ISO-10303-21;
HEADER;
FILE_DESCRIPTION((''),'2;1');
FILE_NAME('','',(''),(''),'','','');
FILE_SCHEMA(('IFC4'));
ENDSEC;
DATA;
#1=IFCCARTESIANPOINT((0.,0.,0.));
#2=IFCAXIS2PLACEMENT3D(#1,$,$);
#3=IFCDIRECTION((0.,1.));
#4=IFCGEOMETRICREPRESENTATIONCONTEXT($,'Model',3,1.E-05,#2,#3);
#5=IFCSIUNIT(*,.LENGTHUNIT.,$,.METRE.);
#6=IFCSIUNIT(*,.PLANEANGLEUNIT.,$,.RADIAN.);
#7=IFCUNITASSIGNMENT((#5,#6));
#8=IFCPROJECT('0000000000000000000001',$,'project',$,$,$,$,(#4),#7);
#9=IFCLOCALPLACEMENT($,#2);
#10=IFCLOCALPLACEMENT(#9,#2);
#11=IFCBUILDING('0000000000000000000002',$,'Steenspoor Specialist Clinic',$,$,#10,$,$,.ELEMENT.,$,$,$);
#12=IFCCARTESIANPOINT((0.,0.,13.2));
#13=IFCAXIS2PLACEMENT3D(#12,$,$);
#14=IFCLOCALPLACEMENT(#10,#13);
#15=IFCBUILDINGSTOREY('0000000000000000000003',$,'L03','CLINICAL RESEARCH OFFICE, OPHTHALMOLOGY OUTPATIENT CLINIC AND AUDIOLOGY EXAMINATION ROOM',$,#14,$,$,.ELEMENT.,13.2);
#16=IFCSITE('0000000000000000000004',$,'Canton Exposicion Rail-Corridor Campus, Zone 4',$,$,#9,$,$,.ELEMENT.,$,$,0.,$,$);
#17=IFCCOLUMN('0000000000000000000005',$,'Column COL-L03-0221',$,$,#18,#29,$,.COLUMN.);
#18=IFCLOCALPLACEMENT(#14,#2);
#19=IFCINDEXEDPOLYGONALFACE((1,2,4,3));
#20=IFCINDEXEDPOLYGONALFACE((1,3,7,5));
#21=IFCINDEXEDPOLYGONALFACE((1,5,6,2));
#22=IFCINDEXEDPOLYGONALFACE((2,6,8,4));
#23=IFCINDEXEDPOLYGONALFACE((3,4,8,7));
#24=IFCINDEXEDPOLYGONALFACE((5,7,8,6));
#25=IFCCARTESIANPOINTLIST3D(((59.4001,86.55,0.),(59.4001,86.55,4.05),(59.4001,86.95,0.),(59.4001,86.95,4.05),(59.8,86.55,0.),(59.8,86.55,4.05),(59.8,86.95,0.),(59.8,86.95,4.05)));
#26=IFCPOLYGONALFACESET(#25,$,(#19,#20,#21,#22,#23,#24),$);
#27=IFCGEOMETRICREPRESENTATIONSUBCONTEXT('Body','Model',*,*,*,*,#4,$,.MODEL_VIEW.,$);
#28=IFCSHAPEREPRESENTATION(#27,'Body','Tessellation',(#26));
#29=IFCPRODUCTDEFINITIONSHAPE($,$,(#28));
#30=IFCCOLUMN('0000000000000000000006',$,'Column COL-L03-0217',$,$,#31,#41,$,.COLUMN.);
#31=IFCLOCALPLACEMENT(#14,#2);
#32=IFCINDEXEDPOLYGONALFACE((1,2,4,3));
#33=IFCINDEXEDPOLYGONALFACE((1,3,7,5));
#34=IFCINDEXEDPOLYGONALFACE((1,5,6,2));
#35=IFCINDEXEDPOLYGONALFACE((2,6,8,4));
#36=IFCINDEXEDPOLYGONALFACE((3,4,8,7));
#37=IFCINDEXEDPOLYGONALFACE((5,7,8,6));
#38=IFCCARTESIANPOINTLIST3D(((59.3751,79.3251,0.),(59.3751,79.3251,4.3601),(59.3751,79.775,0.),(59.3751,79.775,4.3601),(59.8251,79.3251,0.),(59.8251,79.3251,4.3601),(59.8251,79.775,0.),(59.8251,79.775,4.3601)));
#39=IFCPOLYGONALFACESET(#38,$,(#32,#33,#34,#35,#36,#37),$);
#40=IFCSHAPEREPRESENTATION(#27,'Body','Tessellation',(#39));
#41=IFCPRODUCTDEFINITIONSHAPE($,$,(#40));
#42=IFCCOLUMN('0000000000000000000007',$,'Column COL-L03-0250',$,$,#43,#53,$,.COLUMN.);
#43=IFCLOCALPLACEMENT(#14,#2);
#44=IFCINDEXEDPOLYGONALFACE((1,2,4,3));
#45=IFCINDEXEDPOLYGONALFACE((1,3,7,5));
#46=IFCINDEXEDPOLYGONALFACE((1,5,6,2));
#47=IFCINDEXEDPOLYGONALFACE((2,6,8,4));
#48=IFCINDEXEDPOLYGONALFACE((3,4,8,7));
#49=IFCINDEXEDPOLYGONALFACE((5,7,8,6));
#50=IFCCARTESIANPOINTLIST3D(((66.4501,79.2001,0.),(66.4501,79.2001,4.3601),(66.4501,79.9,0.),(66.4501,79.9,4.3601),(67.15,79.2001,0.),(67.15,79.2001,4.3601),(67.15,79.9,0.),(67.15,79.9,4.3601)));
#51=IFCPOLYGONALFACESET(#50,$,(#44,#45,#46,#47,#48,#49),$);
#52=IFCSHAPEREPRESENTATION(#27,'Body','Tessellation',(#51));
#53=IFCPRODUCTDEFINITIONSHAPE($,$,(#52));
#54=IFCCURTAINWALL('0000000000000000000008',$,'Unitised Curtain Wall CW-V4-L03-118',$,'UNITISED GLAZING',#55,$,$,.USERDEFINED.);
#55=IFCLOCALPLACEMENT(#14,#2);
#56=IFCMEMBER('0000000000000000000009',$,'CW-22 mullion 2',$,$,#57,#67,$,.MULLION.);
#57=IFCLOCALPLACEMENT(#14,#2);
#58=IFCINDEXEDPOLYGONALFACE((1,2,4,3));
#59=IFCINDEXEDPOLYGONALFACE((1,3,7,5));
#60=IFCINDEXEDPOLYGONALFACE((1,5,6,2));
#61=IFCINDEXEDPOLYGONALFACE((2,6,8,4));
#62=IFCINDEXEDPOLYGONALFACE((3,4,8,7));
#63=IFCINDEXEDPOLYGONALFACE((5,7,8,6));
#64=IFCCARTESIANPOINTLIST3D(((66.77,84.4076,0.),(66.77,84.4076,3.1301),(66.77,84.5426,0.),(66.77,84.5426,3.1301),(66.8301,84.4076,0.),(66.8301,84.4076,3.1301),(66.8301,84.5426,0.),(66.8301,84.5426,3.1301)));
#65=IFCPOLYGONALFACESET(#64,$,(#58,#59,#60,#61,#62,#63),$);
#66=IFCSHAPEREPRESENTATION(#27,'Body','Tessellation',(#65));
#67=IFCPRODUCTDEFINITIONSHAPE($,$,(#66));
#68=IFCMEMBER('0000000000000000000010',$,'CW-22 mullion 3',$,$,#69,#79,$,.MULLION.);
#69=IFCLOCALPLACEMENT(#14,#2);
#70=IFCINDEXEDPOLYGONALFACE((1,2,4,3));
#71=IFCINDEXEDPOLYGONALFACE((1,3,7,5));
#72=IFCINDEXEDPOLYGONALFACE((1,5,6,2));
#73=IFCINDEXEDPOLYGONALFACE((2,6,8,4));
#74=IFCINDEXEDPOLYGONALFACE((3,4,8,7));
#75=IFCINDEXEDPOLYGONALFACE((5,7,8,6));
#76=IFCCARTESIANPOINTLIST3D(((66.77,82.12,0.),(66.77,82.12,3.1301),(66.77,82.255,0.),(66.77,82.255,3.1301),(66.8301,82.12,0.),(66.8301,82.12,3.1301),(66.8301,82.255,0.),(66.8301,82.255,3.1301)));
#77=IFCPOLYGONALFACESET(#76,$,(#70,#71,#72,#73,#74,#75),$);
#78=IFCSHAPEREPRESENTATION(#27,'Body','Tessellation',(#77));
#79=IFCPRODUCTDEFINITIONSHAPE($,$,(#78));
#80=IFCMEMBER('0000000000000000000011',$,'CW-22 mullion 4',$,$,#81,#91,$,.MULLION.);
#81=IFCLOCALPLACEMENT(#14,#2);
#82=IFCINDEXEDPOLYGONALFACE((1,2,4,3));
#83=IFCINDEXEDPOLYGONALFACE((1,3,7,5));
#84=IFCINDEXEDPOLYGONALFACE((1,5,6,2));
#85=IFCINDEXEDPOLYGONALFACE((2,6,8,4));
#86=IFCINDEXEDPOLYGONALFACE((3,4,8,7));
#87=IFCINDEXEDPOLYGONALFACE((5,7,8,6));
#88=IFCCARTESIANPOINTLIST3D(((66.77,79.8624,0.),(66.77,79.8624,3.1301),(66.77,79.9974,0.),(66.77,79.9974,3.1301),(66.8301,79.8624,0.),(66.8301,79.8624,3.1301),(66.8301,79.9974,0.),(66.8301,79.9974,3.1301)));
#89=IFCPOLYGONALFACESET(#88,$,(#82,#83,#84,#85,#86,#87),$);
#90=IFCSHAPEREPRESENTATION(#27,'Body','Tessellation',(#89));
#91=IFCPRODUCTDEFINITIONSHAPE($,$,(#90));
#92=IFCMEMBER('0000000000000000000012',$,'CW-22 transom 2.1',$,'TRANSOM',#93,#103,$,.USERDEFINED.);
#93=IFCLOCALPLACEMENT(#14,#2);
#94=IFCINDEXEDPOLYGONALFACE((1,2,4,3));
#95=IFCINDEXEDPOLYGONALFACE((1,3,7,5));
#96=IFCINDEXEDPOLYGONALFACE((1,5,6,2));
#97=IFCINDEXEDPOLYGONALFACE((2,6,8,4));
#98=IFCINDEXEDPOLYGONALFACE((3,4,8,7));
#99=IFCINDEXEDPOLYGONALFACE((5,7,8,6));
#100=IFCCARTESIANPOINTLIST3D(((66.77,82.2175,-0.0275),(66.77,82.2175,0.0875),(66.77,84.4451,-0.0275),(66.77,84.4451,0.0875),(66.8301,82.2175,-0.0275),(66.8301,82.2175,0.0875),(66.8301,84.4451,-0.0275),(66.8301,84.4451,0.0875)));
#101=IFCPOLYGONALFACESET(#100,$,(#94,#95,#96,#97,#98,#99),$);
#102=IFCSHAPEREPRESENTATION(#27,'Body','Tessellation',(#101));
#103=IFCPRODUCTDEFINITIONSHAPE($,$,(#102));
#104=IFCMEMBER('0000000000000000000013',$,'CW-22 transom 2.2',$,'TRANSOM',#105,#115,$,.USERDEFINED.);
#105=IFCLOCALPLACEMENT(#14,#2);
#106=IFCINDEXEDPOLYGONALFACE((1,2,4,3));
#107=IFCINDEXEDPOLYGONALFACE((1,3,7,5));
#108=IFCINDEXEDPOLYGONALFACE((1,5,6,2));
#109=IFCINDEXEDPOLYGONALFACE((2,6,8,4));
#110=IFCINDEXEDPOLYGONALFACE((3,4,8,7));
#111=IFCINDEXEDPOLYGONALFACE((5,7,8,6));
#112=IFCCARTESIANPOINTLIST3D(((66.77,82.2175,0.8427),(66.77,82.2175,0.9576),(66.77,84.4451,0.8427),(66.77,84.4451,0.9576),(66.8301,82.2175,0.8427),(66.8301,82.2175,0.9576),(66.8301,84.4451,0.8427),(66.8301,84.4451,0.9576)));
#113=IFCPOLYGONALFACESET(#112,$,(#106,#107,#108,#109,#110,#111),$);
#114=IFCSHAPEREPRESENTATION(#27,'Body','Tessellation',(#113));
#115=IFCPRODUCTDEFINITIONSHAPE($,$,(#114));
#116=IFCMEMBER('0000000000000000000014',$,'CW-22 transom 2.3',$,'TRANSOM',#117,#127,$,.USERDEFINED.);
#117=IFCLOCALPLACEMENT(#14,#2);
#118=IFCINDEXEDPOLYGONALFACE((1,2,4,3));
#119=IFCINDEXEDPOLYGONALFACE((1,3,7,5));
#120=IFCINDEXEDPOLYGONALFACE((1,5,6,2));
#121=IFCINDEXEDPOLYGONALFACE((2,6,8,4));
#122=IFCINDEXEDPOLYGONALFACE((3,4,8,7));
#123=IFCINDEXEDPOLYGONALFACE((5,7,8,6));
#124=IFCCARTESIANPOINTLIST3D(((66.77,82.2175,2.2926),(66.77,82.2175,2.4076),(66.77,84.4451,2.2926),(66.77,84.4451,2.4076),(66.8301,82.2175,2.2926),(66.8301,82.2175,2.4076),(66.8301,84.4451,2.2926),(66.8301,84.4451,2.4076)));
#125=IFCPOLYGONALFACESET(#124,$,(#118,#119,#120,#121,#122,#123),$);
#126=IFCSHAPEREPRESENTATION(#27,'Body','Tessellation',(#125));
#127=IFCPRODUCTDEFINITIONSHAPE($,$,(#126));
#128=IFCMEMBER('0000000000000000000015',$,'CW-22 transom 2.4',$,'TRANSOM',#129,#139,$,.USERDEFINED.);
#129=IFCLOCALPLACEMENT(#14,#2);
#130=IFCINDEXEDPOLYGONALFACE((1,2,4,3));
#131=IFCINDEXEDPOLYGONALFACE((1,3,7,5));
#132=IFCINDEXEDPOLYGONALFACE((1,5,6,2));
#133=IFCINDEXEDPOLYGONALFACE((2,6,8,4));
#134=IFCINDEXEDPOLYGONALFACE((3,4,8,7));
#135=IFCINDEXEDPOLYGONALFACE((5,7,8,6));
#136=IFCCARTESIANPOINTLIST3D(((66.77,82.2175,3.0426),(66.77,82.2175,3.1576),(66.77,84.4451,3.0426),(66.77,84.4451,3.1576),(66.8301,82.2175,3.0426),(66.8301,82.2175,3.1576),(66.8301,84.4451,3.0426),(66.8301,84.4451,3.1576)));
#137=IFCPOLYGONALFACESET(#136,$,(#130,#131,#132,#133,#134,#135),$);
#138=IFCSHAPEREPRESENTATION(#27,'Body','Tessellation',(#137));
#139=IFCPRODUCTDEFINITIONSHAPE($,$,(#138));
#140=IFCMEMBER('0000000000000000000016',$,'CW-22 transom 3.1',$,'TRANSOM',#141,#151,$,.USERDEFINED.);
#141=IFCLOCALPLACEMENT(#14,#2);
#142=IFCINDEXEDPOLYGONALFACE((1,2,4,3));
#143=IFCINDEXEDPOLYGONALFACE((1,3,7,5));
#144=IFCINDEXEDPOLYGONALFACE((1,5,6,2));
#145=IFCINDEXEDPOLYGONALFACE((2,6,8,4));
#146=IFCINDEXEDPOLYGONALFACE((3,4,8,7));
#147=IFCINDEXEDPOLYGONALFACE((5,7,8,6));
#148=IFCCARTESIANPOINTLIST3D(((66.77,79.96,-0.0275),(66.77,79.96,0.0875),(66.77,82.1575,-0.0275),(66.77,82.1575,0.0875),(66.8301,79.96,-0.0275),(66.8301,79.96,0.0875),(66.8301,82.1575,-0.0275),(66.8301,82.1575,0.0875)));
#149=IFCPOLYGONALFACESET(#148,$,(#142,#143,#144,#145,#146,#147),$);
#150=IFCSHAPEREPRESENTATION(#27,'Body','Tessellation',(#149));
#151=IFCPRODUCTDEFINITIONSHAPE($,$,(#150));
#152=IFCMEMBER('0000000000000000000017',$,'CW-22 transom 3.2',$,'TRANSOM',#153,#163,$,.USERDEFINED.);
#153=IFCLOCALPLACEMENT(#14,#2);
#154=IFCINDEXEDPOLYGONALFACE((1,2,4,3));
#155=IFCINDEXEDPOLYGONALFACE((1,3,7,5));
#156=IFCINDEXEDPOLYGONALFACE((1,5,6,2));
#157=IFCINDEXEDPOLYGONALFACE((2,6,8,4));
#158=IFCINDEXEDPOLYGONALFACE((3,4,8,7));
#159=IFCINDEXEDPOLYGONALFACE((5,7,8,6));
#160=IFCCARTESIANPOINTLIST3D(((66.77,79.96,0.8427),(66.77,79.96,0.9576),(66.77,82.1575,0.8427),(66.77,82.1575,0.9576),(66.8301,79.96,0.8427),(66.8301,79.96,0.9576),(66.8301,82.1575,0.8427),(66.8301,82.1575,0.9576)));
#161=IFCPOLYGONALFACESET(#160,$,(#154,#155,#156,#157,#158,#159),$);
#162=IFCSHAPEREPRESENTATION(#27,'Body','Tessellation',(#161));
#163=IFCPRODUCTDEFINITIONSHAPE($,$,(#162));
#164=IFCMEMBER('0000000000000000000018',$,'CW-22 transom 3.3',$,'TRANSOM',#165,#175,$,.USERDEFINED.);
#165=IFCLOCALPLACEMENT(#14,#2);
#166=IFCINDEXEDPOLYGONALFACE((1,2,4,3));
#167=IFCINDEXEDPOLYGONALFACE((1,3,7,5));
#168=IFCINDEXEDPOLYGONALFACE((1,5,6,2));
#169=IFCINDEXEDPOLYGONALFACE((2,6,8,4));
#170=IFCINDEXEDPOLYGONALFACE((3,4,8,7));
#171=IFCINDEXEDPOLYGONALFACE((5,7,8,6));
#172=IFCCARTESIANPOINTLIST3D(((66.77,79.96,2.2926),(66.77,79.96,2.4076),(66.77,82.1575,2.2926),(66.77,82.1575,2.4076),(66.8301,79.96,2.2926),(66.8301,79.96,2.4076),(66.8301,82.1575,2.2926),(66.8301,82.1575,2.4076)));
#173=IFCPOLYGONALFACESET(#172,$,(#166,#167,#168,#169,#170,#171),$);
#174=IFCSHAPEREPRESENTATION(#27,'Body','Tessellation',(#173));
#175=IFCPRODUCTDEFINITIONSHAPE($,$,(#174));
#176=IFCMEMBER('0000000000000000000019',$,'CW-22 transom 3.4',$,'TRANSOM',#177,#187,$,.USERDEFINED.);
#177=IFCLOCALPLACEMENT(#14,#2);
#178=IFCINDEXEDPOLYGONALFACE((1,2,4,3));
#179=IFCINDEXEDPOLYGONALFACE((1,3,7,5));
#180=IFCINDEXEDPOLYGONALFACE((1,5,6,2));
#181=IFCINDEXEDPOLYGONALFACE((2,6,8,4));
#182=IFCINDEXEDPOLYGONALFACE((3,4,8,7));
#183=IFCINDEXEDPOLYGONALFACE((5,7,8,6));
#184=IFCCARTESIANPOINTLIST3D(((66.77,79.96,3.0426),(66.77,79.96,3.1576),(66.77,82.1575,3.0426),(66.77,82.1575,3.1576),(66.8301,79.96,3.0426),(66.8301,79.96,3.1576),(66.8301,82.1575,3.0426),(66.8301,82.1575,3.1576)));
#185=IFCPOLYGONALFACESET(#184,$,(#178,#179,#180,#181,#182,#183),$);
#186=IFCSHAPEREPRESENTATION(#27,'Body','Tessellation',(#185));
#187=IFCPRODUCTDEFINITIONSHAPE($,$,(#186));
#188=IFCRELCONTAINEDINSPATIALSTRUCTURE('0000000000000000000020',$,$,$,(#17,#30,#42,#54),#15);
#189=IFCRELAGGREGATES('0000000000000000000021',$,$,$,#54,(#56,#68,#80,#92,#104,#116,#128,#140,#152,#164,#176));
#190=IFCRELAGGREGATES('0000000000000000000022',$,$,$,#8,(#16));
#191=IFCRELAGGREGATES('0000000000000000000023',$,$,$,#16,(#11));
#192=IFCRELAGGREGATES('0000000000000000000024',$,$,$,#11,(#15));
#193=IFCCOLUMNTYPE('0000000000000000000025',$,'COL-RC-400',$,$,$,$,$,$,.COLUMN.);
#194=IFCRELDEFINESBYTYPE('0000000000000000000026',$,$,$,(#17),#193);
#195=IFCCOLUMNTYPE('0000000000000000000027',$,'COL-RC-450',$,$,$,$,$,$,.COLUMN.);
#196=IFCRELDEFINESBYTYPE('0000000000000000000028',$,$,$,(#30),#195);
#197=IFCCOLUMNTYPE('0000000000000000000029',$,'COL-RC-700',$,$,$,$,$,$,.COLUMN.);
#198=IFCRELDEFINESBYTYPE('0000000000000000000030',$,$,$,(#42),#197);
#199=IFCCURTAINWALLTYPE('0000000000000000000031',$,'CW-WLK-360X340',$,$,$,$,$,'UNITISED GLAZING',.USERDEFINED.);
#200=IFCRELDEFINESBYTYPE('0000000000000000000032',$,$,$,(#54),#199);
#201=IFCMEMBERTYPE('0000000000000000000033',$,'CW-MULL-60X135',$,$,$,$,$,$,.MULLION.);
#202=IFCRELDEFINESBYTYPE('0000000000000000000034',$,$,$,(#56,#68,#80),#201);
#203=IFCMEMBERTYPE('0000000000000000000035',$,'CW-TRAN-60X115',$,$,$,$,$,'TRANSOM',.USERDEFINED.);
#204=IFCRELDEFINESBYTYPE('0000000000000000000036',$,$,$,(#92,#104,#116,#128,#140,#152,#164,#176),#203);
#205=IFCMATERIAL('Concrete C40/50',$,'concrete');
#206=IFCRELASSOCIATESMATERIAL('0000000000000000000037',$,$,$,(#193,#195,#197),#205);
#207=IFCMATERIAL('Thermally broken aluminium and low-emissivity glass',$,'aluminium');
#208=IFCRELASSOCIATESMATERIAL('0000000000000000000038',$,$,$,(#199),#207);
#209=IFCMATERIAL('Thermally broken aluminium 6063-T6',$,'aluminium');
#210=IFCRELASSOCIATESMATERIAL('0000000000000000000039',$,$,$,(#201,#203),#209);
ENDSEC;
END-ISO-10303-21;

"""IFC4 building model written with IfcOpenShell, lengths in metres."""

from ifc_helpers import new_model, si_unit, direction, frame, origin, origin_2d, place, context, subcontext, project, spatial, rectangle, extrude, material, material_profile, profile_set, type_object, element, aggregate, save


model = new_model("IFC4")

# Units and contexts
model_context = context("Model", 3, precision=1e-05, world=origin(), true_north=direction((0.0, 1.0)))
body_context = subcontext(model_context, "Body", "Model", "MODEL_VIEW")
ifc_project = project(units=[si_unit("LENGTHUNIT", "METRE"), si_unit("PLANEANGLEUNIT", "RADIAN")], contexts=[model_context])

# Site, building, storey
site_placement = place(None, origin())
site = spatial("IfcSite", under=ifc_project, at=site_placement, Name="Canton Exposicion Rail-Corridor Campus, Zone 4", CompositionType="ELEMENT", RefElevation=0.0)
building_placement = place(site_placement, origin())
building = spatial("IfcBuilding", under=site, at=building_placement, Name="Steenspoor Specialist Clinic", CompositionType="ELEMENT")
storey_placement = place(building_placement, frame((0.0, 0.0, 13.2)))
storey = spatial("IfcBuildingStorey", under=building, at=storey_placement, Name="L03", Description="CLINICAL RESEARCH OFFICE, OPHTHALMOLOGY OUTPATIENT CLINIC AND AUDIOLOGY EXAMINATION ROOM", CompositionType="ELEMENT", Elevation=13.2)

# Columns
ifc_material_1 = material(Name="Concrete C40/50", Category="concrete")
ifc_material_profile_1 = material_profile(ifc_material_1, rectangle(XDim=0.3999, YDim=0.3999, at=origin_2d()), Name="RC-COL-400X400")
ifc_profile_set_1 = profile_set([ifc_material_profile_1], Name="Concrete C40/50")
column_type_1 = type_object("IfcColumnType", Name="COL-RC-400", PredefinedType="COLUMN", material=ifc_profile_set_1)
column_1_placement = place(storey_placement, frame((59.6001, 86.75, 0.0), z_axis=(0.0, 0.0, 1.0), x_axis=(1.0, 0.0, 0.0)))
element("IfcColumn", 1, at=column_1_placement, inside=storey, type_object=column_type_1, Name="Column COL-L03-0221", PredefinedType="COLUMN", context=body_context, shape_type="SweptSolid", body=[
    extrude(rectangle(XDim=0.3999, YDim=0.3999, at=origin_2d()), origin(), (0.0, 0.0, 1.0), 4.05),
])
ifc_material_profile_2 = material_profile(ifc_material_1, rectangle(XDim=0.45, YDim=0.45, at=origin_2d()), Name="RC-COL-450X450")
ifc_profile_set_2 = profile_set([ifc_material_profile_2], Name="Concrete C40/50")
column_type_2 = type_object("IfcColumnType", Name="COL-RC-450", PredefinedType="COLUMN", material=ifc_profile_set_2)
column_2_placement = place(storey_placement, frame((59.6001, 79.55, 0.0), z_axis=(0.0, 0.0, 1.0), x_axis=(1.0, 0.0, 0.0)))
element("IfcColumn", 2, at=column_2_placement, inside=storey, type_object=column_type_2, Name="Column COL-L03-0217", PredefinedType="COLUMN", context=body_context, shape_type="SweptSolid", body=[
    extrude(rectangle(XDim=0.45, YDim=0.45, at=origin_2d()), origin(), (0.0, 0.0, 1.0), 4.3601),
])
ifc_material_profile_3 = material_profile(ifc_material_1, rectangle(XDim=0.7, YDim=0.7, at=origin_2d()), Name="RC-COL-700X700")
ifc_profile_set_3 = profile_set([ifc_material_profile_3], Name="Concrete C40/50")
column_type_3 = type_object("IfcColumnType", Name="COL-RC-700", PredefinedType="COLUMN", material=ifc_profile_set_3)
column_3_placement = place(storey_placement, frame((66.8, 79.55, 0.0), z_axis=(0.0, 0.0, 1.0), x_axis=(1.0, 0.0, 0.0)))
element("IfcColumn", 3, at=column_3_placement, inside=storey, type_object=column_type_3, Name="Column COL-L03-0250", PredefinedType="COLUMN", context=body_context, shape_type="SweptSolid", body=[
    extrude(rectangle(XDim=0.7, YDim=0.7, at=origin_2d()), origin(), (0.0, 0.0, 1.0), 4.3601),
])

# Curtain wall, members
ifc_material_2 = material(Name="Thermally broken aluminium and low-emissivity glass", Category="aluminium")
curtain_wall_type_1 = type_object("IfcCurtainWallType", Name="CW-WLK-360X340", ElementType="UNITISED GLAZING", PredefinedType="USERDEFINED", material=ifc_material_2)
curtain_wall_1_placement = place(storey_placement, origin())
curtain_wall_1 = element("IfcCurtainWall", 4, at=curtain_wall_1_placement, inside=storey, type_object=curtain_wall_type_1, Name="Unitised Curtain Wall CW-V4-L03-118", ObjectType="UNITISED GLAZING", PredefinedType="USERDEFINED")
ifc_material_3 = material(Name="Thermally broken aluminium 6063-T6", Category="aluminium")
ifc_material_profile_4 = material_profile(ifc_material_3, rectangle(XDim=0.0601, YDim=0.135, at=origin_2d()), Name="CWM-60X135")
ifc_profile_set_4 = profile_set([ifc_material_profile_4], Name="Thermally broken aluminium 6063-T6")
member_type_1 = type_object("IfcMemberType", Name="CW-MULL-60X135", PredefinedType="MULLION", material=ifc_profile_set_4)
member_1_placement = place(storey_placement, frame((66.8, 84.4751, 0.0), z_axis=(0.0, 0.0, 1.0), x_axis=(1.0, 0.0, 0.0)))
member_1 = element("IfcMember", 5, at=member_1_placement, type_object=member_type_1, Name="CW-22 mullion 2", PredefinedType="MULLION", context=body_context, shape_type="SweptSolid", body=[
    extrude(rectangle(XDim=0.0601, YDim=0.135, at=origin_2d()), origin(), (0.0, 0.0, 1.0), 3.1301),
])
member_2_placement = place(storey_placement, frame((66.8, 82.1875, 0.0), z_axis=(0.0, 0.0, 1.0), x_axis=(1.0, 0.0, 0.0)))
member_2 = element("IfcMember", 6, at=member_2_placement, type_object=member_type_1, Name="CW-22 mullion 3", PredefinedType="MULLION", context=body_context, shape_type="SweptSolid", body=[
    extrude(rectangle(XDim=0.0601, YDim=0.135, at=origin_2d()), origin(), (0.0, 0.0, 1.0), 3.1301),
])
member_3_placement = place(storey_placement, frame((66.8, 79.9299, 0.0), z_axis=(0.0, 0.0, 1.0), x_axis=(1.0, 0.0, 0.0)))
member_3 = element("IfcMember", 7, at=member_3_placement, type_object=member_type_1, Name="CW-22 mullion 4", PredefinedType="MULLION", context=body_context, shape_type="SweptSolid", body=[
    extrude(rectangle(XDim=0.0601, YDim=0.135, at=origin_2d()), origin(), (0.0, 0.0, 1.0), 3.1301),
])
ifc_material_profile_5 = material_profile(ifc_material_3, rectangle(XDim=0.0601, YDim=0.115, at=origin_2d()), Name="CWT-60X115")
ifc_profile_set_5 = profile_set([ifc_material_profile_5], Name="Thermally broken aluminium 6063-T6")
member_type_2 = type_object("IfcMemberType", Name="CW-TRAN-60X115", ElementType="TRANSOM", PredefinedType="USERDEFINED", material=ifc_profile_set_5)
member_4_placement = place(storey_placement, frame((66.8, 84.4451, 0.03), z_axis=(0.0, -1.0, 0.0), x_axis=(1.0, 0.0, 0.0)))
member_4 = element("IfcMember", 8, at=member_4_placement, type_object=member_type_2, Name="CW-22 transom 2.1", ObjectType="TRANSOM", PredefinedType="USERDEFINED", context=body_context, shape_type="SweptSolid", body=[
    extrude(rectangle(XDim=0.0601, YDim=0.115, at=origin_2d()), origin(), (0.0, 0.0, 1.0), 2.2275),
])
member_5_placement = place(storey_placement, frame((66.8, 84.4451, 0.9001), z_axis=(0.0, -1.0, 0.0), x_axis=(1.0, 0.0, 0.0)))
member_5 = element("IfcMember", 9, at=member_5_placement, type_object=member_type_2, Name="CW-22 transom 2.2", ObjectType="TRANSOM", PredefinedType="USERDEFINED", context=body_context, shape_type="SweptSolid", body=[
    extrude(rectangle(XDim=0.0601, YDim=0.115, at=origin_2d()), origin(), (0.0, 0.0, 1.0), 2.2275),
])
member_6_placement = place(storey_placement, frame((66.8, 84.4451, 2.3501), z_axis=(0.0, -1.0, 0.0), x_axis=(1.0, 0.0, 0.0)))
member_6 = element("IfcMember", 10, at=member_6_placement, type_object=member_type_2, Name="CW-22 transom 2.3", ObjectType="TRANSOM", PredefinedType="USERDEFINED", context=body_context, shape_type="SweptSolid", body=[
    extrude(rectangle(XDim=0.0601, YDim=0.115, at=origin_2d()), origin(), (0.0, 0.0, 1.0), 2.2275),
])
member_7_placement = place(storey_placement, frame((66.8, 84.4451, 3.1001), z_axis=(0.0, -1.0, 0.0), x_axis=(1.0, 0.0, 0.0)))
member_7 = element("IfcMember", 11, at=member_7_placement, type_object=member_type_2, Name="CW-22 transom 2.4", ObjectType="TRANSOM", PredefinedType="USERDEFINED", context=body_context, shape_type="SweptSolid", body=[
    extrude(rectangle(XDim=0.0601, YDim=0.115, at=origin_2d()), origin(), (0.0, 0.0, 1.0), 2.2275),
])
member_8_placement = place(storey_placement, frame((66.8, 82.1575, 0.03), z_axis=(0.0, -1.0, 0.0), x_axis=(1.0, 0.0, 0.0)))
member_8 = element("IfcMember", 12, at=member_8_placement, type_object=member_type_2, Name="CW-22 transom 3.1", ObjectType="TRANSOM", PredefinedType="USERDEFINED", context=body_context, shape_type="SweptSolid", body=[
    extrude(rectangle(XDim=0.0601, YDim=0.115, at=origin_2d()), origin(), (0.0, 0.0, 1.0), 2.1975),
])
member_9_placement = place(storey_placement, frame((66.8, 82.1575, 0.9001), z_axis=(0.0, -1.0, 0.0), x_axis=(1.0, 0.0, 0.0)))
member_9 = element("IfcMember", 13, at=member_9_placement, type_object=member_type_2, Name="CW-22 transom 3.2", ObjectType="TRANSOM", PredefinedType="USERDEFINED", context=body_context, shape_type="SweptSolid", body=[
    extrude(rectangle(XDim=0.0601, YDim=0.115, at=origin_2d()), origin(), (0.0, 0.0, 1.0), 2.1975),
])
member_10_placement = place(storey_placement, frame((66.8, 82.1575, 2.3501), z_axis=(0.0, -1.0, 0.0), x_axis=(1.0, 0.0, 0.0)))
member_10 = element("IfcMember", 14, at=member_10_placement, type_object=member_type_2, Name="CW-22 transom 3.3", ObjectType="TRANSOM", PredefinedType="USERDEFINED", context=body_context, shape_type="SweptSolid", body=[
    extrude(rectangle(XDim=0.0601, YDim=0.115, at=origin_2d()), origin(), (0.0, 0.0, 1.0), 2.1975),
])
member_11_placement = place(storey_placement, frame((66.8, 82.1575, 3.1001), z_axis=(0.0, -1.0, 0.0), x_axis=(1.0, 0.0, 0.0)))
member_11 = element("IfcMember", 15, at=member_11_placement, type_object=member_type_2, Name="CW-22 transom 3.4", ObjectType="TRANSOM", PredefinedType="USERDEFINED", context=body_context, shape_type="SweptSolid", body=[
    extrude(rectangle(XDim=0.0601, YDim=0.115, at=origin_2d()), origin(), (0.0, 0.0, 1.0), 2.1975),
])

aggregate(curtain_wall_1, [member_1, member_2, member_3, member_4, member_5, member_6, member_7, member_8, member_9, member_10, member_11])

save(model, "model.ifc")
